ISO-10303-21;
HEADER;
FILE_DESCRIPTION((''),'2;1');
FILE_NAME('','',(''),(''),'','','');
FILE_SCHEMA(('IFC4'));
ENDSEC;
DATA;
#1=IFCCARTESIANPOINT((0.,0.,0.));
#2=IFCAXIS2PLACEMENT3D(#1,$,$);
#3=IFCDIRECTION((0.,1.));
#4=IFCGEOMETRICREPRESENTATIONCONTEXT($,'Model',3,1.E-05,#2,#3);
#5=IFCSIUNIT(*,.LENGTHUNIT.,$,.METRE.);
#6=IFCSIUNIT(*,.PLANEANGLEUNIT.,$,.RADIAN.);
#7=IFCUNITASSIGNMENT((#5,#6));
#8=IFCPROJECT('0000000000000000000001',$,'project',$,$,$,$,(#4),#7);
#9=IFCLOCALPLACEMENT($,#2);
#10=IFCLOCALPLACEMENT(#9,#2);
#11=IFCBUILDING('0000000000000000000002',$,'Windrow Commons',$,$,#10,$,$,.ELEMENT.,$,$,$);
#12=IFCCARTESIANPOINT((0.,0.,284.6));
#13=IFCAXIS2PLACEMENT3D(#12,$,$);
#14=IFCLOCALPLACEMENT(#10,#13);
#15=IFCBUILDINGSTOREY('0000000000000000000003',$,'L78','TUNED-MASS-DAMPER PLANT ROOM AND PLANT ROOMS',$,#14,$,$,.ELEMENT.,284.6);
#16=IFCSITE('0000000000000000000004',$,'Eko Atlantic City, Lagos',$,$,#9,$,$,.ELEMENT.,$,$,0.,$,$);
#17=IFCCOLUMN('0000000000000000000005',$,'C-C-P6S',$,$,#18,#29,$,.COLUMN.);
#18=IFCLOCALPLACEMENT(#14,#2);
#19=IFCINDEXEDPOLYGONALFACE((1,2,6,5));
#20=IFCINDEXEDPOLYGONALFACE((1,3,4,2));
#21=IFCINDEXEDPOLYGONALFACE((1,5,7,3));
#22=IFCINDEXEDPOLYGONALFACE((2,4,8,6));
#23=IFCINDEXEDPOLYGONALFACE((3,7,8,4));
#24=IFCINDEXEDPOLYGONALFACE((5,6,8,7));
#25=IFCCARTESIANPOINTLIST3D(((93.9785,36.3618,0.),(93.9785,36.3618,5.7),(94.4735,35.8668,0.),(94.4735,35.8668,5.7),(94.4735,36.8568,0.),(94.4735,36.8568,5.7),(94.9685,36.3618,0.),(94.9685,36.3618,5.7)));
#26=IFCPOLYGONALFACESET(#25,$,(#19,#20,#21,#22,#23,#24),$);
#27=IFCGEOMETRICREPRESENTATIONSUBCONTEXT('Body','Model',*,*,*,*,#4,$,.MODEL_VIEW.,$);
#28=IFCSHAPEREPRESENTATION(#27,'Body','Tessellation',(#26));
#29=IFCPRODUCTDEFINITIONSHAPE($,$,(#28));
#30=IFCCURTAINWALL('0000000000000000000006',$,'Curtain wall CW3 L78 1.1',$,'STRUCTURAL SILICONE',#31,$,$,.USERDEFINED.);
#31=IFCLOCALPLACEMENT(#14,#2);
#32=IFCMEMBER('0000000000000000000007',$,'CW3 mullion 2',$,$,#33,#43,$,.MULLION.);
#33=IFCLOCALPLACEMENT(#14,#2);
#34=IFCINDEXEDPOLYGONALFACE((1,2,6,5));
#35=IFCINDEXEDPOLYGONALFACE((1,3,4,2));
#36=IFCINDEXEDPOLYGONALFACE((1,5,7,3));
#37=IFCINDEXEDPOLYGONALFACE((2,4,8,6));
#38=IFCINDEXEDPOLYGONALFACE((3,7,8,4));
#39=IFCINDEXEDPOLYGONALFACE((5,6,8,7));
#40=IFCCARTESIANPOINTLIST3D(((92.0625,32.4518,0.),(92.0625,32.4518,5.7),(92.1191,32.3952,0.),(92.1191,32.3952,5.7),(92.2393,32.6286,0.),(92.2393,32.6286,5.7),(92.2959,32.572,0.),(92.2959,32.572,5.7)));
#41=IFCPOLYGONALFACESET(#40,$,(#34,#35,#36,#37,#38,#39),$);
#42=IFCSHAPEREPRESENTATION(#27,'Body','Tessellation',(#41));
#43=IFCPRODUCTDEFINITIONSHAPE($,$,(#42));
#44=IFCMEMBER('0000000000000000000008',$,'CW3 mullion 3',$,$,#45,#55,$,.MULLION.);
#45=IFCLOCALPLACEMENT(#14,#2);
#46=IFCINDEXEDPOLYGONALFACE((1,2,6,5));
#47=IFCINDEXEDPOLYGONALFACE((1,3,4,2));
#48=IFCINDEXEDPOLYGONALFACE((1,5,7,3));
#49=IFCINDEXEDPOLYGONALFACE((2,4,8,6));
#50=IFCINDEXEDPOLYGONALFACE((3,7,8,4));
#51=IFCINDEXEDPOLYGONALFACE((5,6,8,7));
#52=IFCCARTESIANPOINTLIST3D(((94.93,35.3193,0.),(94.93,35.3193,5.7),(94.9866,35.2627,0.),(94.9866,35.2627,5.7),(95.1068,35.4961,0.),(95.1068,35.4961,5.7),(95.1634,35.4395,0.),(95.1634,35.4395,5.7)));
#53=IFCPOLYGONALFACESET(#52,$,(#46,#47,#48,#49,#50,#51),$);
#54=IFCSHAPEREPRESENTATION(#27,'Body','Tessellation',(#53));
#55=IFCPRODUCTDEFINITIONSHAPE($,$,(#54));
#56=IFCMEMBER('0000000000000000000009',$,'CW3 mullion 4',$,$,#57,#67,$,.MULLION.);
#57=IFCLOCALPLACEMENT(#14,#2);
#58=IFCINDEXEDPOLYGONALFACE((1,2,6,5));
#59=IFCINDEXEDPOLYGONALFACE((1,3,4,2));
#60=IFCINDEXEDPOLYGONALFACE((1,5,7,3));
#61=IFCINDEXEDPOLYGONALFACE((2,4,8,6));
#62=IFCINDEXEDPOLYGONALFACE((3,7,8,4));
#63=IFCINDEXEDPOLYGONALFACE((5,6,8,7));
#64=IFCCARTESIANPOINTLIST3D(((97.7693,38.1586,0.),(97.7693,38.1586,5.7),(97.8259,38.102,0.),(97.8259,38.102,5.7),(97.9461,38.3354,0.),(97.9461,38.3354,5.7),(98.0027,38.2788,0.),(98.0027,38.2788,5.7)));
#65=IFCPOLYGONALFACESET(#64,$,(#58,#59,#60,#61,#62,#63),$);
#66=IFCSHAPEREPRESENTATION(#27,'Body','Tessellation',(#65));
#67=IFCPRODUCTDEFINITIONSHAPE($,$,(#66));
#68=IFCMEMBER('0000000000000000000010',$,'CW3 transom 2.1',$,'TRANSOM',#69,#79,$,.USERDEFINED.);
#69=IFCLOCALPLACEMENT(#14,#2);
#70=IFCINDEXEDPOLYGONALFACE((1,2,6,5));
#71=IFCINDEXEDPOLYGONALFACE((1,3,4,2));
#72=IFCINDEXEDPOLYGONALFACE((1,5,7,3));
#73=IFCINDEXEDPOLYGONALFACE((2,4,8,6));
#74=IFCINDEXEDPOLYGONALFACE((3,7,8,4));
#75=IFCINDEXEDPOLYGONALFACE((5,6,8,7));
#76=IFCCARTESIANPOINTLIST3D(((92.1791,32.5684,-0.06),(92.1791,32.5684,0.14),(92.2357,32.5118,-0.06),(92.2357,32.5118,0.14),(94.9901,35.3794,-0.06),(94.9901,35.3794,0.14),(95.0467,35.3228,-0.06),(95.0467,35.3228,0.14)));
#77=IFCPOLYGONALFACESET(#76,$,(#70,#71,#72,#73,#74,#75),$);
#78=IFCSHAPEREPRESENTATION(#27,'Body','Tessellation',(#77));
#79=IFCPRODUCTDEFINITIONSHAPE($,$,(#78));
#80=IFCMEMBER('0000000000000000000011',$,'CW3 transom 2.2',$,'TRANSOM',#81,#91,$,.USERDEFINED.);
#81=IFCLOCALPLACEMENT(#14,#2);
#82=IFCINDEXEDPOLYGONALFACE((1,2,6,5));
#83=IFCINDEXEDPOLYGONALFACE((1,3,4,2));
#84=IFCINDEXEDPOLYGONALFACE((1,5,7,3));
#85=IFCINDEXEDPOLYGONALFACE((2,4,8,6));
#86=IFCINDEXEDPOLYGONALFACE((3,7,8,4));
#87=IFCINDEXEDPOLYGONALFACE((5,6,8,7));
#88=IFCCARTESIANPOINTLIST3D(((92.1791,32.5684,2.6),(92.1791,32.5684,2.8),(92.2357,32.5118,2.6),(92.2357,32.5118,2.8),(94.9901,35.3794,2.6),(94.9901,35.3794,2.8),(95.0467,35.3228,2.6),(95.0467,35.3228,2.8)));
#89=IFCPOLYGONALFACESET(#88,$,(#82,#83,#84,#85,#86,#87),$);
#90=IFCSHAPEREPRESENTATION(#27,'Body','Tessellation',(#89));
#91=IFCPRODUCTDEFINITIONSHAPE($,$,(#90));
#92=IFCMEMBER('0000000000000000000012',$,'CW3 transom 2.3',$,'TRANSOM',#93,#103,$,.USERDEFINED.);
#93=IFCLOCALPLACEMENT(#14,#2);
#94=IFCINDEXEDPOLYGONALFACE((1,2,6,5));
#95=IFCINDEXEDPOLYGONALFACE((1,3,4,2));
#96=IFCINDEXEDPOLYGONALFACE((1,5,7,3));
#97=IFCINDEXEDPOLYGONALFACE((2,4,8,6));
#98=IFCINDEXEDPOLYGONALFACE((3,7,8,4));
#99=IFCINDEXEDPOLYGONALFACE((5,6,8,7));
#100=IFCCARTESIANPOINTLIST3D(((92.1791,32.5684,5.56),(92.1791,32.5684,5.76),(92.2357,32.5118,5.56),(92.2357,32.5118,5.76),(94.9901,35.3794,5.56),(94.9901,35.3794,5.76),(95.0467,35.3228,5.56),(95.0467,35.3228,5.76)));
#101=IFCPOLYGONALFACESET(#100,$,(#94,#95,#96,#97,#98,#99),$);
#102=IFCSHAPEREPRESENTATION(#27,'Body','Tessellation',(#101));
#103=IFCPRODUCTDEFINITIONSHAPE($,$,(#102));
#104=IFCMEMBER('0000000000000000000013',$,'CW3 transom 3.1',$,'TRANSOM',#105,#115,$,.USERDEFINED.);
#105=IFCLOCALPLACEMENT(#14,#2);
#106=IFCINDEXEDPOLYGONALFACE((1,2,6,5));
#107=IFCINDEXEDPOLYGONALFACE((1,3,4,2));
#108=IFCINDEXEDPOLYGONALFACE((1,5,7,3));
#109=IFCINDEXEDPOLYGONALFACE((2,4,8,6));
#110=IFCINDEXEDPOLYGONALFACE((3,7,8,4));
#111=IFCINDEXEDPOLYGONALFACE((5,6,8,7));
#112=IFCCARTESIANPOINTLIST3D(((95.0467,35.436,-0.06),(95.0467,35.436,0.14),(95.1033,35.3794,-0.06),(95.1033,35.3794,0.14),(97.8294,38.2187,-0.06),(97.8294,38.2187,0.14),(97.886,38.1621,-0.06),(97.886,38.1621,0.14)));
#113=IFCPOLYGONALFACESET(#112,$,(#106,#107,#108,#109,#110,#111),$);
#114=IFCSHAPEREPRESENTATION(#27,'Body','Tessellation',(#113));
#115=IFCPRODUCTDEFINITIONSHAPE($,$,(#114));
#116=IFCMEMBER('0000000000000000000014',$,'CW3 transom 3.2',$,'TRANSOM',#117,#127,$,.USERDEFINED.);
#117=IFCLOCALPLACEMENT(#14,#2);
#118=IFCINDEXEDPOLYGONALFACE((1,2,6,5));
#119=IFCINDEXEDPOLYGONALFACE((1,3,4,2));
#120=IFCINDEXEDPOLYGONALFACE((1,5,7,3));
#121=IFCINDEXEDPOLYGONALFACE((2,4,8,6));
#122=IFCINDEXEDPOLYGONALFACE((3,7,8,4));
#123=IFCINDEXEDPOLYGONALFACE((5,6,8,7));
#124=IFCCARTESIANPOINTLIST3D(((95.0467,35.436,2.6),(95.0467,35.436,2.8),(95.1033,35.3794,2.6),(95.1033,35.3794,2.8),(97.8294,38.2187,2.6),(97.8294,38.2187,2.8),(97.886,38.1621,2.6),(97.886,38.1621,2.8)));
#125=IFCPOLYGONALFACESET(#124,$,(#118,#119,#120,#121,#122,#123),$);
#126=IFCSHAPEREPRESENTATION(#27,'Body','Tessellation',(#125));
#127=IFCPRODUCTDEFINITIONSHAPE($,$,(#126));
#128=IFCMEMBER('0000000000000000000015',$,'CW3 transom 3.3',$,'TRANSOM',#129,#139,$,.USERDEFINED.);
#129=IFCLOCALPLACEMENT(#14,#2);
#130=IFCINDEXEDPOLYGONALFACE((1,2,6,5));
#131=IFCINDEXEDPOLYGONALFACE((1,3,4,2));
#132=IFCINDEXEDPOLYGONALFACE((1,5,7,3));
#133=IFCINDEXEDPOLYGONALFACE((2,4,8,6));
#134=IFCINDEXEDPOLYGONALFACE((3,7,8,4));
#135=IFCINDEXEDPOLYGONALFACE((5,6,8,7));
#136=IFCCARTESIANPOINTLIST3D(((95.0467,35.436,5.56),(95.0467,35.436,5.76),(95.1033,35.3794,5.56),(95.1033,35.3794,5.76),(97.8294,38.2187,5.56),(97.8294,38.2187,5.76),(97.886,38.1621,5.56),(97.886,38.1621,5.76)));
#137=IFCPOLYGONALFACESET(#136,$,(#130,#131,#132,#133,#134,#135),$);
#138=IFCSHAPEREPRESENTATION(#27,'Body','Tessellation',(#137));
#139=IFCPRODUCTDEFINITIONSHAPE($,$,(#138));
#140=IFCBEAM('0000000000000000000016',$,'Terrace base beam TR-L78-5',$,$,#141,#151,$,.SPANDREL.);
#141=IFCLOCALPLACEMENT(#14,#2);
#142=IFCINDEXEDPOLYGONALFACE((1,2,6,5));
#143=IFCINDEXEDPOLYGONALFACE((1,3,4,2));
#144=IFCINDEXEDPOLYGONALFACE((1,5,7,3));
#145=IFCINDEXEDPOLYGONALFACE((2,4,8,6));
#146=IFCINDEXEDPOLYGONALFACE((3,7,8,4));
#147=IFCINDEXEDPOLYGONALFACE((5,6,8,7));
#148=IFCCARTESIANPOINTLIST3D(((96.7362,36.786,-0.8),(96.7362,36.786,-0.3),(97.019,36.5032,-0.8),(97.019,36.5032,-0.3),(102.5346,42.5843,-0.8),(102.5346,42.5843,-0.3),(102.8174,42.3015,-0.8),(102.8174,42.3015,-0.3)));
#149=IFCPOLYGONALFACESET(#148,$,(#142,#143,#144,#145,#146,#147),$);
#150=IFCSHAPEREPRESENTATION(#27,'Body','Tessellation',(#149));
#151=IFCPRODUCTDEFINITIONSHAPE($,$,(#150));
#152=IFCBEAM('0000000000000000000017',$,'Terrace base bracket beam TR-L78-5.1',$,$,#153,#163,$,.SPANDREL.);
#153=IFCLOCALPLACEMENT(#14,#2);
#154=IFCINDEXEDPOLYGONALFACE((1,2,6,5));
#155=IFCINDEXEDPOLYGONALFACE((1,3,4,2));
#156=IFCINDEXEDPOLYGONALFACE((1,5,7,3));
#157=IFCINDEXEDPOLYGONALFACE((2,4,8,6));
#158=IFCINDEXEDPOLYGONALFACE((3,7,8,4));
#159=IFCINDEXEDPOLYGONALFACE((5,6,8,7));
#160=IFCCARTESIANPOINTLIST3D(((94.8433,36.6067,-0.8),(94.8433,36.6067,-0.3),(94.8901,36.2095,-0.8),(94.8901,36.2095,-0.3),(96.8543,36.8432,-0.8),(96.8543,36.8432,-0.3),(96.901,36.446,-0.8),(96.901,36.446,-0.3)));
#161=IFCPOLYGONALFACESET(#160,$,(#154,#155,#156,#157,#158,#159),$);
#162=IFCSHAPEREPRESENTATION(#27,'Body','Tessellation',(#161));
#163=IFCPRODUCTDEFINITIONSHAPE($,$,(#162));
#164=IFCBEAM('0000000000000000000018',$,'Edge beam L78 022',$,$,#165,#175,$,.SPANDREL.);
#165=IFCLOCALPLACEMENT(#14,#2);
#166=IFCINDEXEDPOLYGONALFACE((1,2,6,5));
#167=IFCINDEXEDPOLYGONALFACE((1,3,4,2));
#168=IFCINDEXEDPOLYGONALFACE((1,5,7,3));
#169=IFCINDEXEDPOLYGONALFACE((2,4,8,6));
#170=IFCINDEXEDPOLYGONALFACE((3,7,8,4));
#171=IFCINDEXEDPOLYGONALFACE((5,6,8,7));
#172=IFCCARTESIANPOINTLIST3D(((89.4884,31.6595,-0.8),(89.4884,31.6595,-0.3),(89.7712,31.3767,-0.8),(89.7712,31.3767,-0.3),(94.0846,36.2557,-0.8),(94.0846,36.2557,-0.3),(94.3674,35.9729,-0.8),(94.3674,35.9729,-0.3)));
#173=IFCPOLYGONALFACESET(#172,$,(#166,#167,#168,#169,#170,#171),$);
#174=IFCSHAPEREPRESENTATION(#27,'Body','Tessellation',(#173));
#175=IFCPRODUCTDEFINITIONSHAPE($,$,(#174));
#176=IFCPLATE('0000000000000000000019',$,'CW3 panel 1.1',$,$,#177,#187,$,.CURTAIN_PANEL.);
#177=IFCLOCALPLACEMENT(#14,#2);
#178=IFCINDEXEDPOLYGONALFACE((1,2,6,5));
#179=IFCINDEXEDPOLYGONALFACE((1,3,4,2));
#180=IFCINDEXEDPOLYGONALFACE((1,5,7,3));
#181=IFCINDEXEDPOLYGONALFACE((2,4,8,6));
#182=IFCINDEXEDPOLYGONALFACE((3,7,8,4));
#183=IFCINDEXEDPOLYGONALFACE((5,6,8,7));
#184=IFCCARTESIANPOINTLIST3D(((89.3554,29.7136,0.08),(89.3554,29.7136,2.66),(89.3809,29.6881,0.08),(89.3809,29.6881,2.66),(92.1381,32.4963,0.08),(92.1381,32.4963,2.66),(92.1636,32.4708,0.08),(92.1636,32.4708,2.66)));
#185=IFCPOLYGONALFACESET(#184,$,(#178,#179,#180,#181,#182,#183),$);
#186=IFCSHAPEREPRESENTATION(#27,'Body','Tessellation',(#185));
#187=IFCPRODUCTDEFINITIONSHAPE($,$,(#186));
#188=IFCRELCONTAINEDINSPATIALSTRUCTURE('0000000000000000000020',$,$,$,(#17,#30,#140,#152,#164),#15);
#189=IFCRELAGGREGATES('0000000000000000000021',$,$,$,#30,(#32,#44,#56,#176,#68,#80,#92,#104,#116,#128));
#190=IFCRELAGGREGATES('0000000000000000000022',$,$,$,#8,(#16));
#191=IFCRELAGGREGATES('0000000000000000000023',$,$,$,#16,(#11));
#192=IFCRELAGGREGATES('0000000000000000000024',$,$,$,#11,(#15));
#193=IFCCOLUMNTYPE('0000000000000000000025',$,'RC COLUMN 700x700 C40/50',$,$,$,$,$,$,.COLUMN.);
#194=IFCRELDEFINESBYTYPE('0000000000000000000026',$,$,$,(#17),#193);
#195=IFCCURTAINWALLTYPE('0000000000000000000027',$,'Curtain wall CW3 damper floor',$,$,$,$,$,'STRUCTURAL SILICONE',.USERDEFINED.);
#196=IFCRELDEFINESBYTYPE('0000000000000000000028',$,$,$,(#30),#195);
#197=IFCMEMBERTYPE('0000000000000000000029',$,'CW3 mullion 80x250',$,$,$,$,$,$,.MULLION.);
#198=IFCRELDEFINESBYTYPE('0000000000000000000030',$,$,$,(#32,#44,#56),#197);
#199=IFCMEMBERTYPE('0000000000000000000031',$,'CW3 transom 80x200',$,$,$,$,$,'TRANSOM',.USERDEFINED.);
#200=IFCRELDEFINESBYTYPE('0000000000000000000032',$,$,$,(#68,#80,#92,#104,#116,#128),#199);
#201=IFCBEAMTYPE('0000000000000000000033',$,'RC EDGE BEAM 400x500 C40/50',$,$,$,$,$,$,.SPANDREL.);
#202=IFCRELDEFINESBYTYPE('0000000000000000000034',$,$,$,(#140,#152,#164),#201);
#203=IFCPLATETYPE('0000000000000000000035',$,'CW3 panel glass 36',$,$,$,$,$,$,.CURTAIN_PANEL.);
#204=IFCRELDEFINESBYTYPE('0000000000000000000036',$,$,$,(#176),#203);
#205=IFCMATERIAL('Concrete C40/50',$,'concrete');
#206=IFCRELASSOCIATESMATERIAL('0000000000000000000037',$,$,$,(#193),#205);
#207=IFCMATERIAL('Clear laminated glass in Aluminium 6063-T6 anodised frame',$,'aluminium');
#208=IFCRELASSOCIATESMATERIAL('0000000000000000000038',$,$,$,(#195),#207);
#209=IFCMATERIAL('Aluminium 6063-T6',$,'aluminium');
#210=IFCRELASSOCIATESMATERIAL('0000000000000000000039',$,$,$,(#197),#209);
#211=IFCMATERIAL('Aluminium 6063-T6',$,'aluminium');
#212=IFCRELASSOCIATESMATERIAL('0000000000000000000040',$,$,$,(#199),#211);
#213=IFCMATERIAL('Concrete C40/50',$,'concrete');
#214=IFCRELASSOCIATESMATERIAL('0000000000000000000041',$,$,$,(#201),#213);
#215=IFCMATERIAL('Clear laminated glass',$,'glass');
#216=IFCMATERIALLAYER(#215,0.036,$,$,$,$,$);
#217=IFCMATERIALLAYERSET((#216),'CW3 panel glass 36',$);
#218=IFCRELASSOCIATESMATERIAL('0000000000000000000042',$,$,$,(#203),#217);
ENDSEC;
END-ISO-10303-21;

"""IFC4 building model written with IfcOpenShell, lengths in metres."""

from ifc_helpers import new_model, si_unit, direction, frame, origin, origin_2d, place, context, subcontext, project, spatial, rectangle, extrude, material, layer, layer_set, material_profile, profile_set, type_object, element, aggregate, save


model = new_model("IFC4")

# Units and contexts
model_context = context("Model", 3, precision=1e-05, world=origin(), true_north=direction((0.0, 1.0)))
body_context = subcontext(model_context, "Body", "Model", "MODEL_VIEW")
ifc_project = project(units=[si_unit("LENGTHUNIT", "METRE"), si_unit("PLANEANGLEUNIT", "RADIAN")], contexts=[model_context])

# Site, building, storey
site_placement = place(None, origin())
site = spatial("IfcSite", under=ifc_project, at=site_placement, Name="Eko Atlantic City, Lagos", CompositionType="ELEMENT", RefElevation=0.0)
building_placement = place(site_placement, origin())
building = spatial("IfcBuilding", under=site, at=building_placement, Name="Windrow Commons", CompositionType="ELEMENT")
storey_placement = place(building_placement, frame((0.0, 0.0, 284.6)))
storey = spatial("IfcBuildingStorey", under=building, at=storey_placement, Name="L78", Description="TUNED-MASS-DAMPER PLANT ROOM AND PLANT ROOMS", CompositionType="ELEMENT", Elevation=284.6)

# Column
ifc_material_1 = material(Name="Concrete C40/50", Category="concrete")
ifc_material_profile_1 = material_profile(ifc_material_1, rectangle(XDim=0.7, YDim=0.7, at=origin_2d()))
ifc_profile_set_1 = profile_set([ifc_material_profile_1], Name="Concrete C40/50")
column_type = type_object("IfcColumnType", Name="RC COLUMN 700x700 C40/50", PredefinedType="COLUMN", material=ifc_profile_set_1)
column_placement = place(storey_placement, frame((94.4735, 36.3618, 0.0), z_axis=(0.0, 0.0, 1.0), x_axis=(0.707107, -0.707107, 0.0)))
element("IfcColumn", 1, at=column_placement, inside=storey, type_object=column_type, Name="C-C-P6S", PredefinedType="COLUMN", context=body_context, shape_type="SweptSolid", body=[
    extrude(rectangle(XDim=0.7, YDim=0.7, at=origin_2d()), origin(), (0.0, 0.0, 1.0), 5.7),
])

# Curtain wall, members
ifc_material_2 = material(Name="Clear laminated glass in Aluminium 6063-T6 anodised frame", Category="aluminium")
curtain_wall_type = type_object("IfcCurtainWallType", Name="Curtain wall CW3 damper floor", ElementType="STRUCTURAL SILICONE", PredefinedType="USERDEFINED", material=ifc_material_2)
curtain_wall_placement = place(storey_placement, origin())
curtain_wall = element("IfcCurtainWall", 2, at=curtain_wall_placement, inside=storey, type_object=curtain_wall_type, Name="Curtain wall CW3 L78 1.1", ObjectType="STRUCTURAL SILICONE", PredefinedType="USERDEFINED")
ifc_material_3 = material(Name="Aluminium 6063-T6", Category="aluminium")
ifc_material_profile_2 = material_profile(ifc_material_3, rectangle(XDim=0.08, YDim=0.25, at=origin_2d()))
ifc_profile_set_2 = profile_set([ifc_material_profile_2], Name="Aluminium 6063-T6")
member_type_1 = type_object("IfcMemberType", Name="CW3 mullion 80x250", PredefinedType="MULLION", material=ifc_profile_set_2)
member_1_placement = place(storey_placement, frame((92.1792, 32.5119, 0.0), z_axis=(0.0, 0.0, 1.0), x_axis=(-0.707104, 0.707109, 0.0)))
member_1 = element("IfcMember", 3, at=member_1_placement, type_object=member_type_1, Name="CW3 mullion 2", PredefinedType="MULLION", context=body_context, shape_type="SweptSolid", body=[
    extrude(rectangle(XDim=0.08, YDim=0.25, at=origin_2d()), origin(), (0.0, 0.0, 1.0), 5.7),
])
member_2_placement = place(storey_placement, frame((95.0467, 35.3794, 0.0), z_axis=(0.0, 0.0, 1.0), x_axis=(-0.707104, 0.707109, 0.0)))
member_2 = element("IfcMember", 4, at=member_2_placement, type_object=member_type_1, Name="CW3 mullion 3", PredefinedType="MULLION", context=body_context, shape_type="SweptSolid", body=[
    extrude(rectangle(XDim=0.08, YDim=0.25, at=origin_2d()), origin(), (0.0, 0.0, 1.0), 5.7),
])
member_3_placement = place(storey_placement, frame((97.886, 38.2187, 0.0), z_axis=(0.0, 0.0, 1.0), x_axis=(-0.707104, 0.707109, 0.0)))
member_3 = element("IfcMember", 5, at=member_3_placement, type_object=member_type_1, Name="CW3 mullion 4", PredefinedType="MULLION", context=body_context, shape_type="SweptSolid", body=[
    extrude(rectangle(XDim=0.08, YDim=0.25, at=origin_2d()), origin(), (0.0, 0.0, 1.0), 5.7),
])
ifc_material_4 = material(Name="Aluminium 6063-T6", Category="aluminium")
ifc_material_profile_3 = material_profile(ifc_material_4, rectangle(XDim=0.08, YDim=0.2, at=origin_2d()))
ifc_profile_set_3 = profile_set([ifc_material_profile_3], Name="Aluminium 6063-T6")
member_type_2 = type_object("IfcMemberType", Name="CW3 transom 80x200", ElementType="TRANSOM", PredefinedType="USERDEFINED", material=ifc_profile_set_3)
member_4_placement = place(storey_placement, frame((92.2074, 32.5401, 0.04), z_axis=(0.707107, 0.707107, 0.0), x_axis=(-0.707107, 0.707107, 0.0)))
member_4 = element("IfcMember", 6, at=member_4_placement, type_object=member_type_2, Name="CW3 transom 2.1", ObjectType="TRANSOM", PredefinedType="USERDEFINED", context=body_context, shape_type="SweptSolid", body=[
    extrude(rectangle(XDim=0.08, YDim=0.2, at=origin_2d()), origin(), (0.0, 0.0, 1.0), 3.9754),
])
member_5_placement = place(storey_placement, frame((92.2074, 32.5401, 2.7), z_axis=(0.707107, 0.707107, 0.0), x_axis=(-0.707107, 0.707107, 0.0)))
member_5 = element("IfcMember", 7, at=member_5_placement, type_object=member_type_2, Name="CW3 transom 2.2", ObjectType="TRANSOM", PredefinedType="USERDEFINED", context=body_context, shape_type="SweptSolid", body=[
    extrude(rectangle(XDim=0.08, YDim=0.2, at=origin_2d()), origin(), (0.0, 0.0, 1.0), 3.9754),
])
member_6_placement = place(storey_placement, frame((92.2074, 32.5401, 5.66), z_axis=(0.707107, 0.707107, 0.0), x_axis=(-0.707107, 0.707107, 0.0)))
member_6 = element("IfcMember", 8, at=member_6_placement, type_object=member_type_2, Name="CW3 transom 2.3", ObjectType="TRANSOM", PredefinedType="USERDEFINED", context=body_context, shape_type="SweptSolid", body=[
    extrude(rectangle(XDim=0.08, YDim=0.2, at=origin_2d()), origin(), (0.0, 0.0, 1.0), 3.9754),
])
member_7_placement = place(storey_placement, frame((95.075, 35.4077, 0.04), z_axis=(0.707107, 0.707107, 0.0), x_axis=(-0.707107, 0.707107, 0.0)))
member_7 = element("IfcMember", 9, at=member_7_placement, type_object=member_type_2, Name="CW3 transom 3.1", ObjectType="TRANSOM", PredefinedType="USERDEFINED", context=body_context, shape_type="SweptSolid", body=[
    extrude(rectangle(XDim=0.08, YDim=0.2, at=origin_2d()), origin(), (0.0, 0.0, 1.0), 3.9353),
])
member_8_placement = place(storey_placement, frame((95.075, 35.4077, 2.7), z_axis=(0.707107, 0.707107, 0.0), x_axis=(-0.707107, 0.707107, 0.0)))
member_8 = element("IfcMember", 10, at=member_8_placement, type_object=member_type_2, Name="CW3 transom 3.2", ObjectType="TRANSOM", PredefinedType="USERDEFINED", context=body_context, shape_type="SweptSolid", body=[
    extrude(rectangle(XDim=0.08, YDim=0.2, at=origin_2d()), origin(), (0.0, 0.0, 1.0), 3.9353),
])
member_9_placement = place(storey_placement, frame((95.075, 35.4077, 5.66), z_axis=(0.707107, 0.707107, 0.0), x_axis=(-0.707107, 0.707107, 0.0)))
member_9 = element("IfcMember", 11, at=member_9_placement, type_object=member_type_2, Name="CW3 transom 3.3", ObjectType="TRANSOM", PredefinedType="USERDEFINED", context=body_context, shape_type="SweptSolid", body=[
    extrude(rectangle(XDim=0.08, YDim=0.2, at=origin_2d()), origin(), (0.0, 0.0, 1.0), 3.9353),
])

# Beams
ifc_material_5 = material(Name="Concrete C40/50", Category="concrete")
ifc_material_profile_4 = material_profile(ifc_material_5, rectangle(XDim=0.4, YDim=0.5, at=origin_2d()))
ifc_profile_set_4 = profile_set([ifc_material_profile_4], Name="Concrete C40/50")
beam_type = type_object("IfcBeamType", Name="RC EDGE BEAM 400x500 C40/50", PredefinedType="SPANDREL", material=ifc_profile_set_4)
beam_1_placement = place(storey_placement, frame((96.8776, 36.6446, -0.55), z_axis=(0.707113, 0.707101, 0.0), x_axis=(-0.707101, 0.707113, 0.0)))
element("IfcBeam", 12, at=beam_1_placement, inside=storey, type_object=beam_type, Name="Terrace base beam TR-L78-5", PredefinedType="SPANDREL", context=body_context, shape_type="SweptSolid", body=[
    extrude(rectangle(XDim=0.4, YDim=0.5, at=origin_2d()), origin(), (0.0, 0.0, 1.0), 8.2001),
])
beam_2_placement = place(storey_placement, frame((94.8667, 36.4081, -0.55), z_axis=(0.993155, 0.116804, 0.0), x_axis=(-0.116804, 0.993155, 0.0)))
element("IfcBeam", 13, at=beam_2_placement, inside=storey, type_object=beam_type, Name="Terrace base bracket beam TR-L78-5.1", PredefinedType="SPANDREL", context=body_context, shape_type="SweptSolid", body=[
    extrude(rectangle(XDim=0.4, YDim=0.5, at=origin_2d()), origin(), (0.0, 0.0, 1.0), 2.0248),
])
beam_3_placement = place(storey_placement, frame((94.226, 36.1143, -0.55), z_axis=(-0.707107, -0.707107, 0.0), x_axis=(0.707107, -0.707107, 0.0)))
element("IfcBeam", 14, at=beam_3_placement, inside=storey, type_object=beam_type, Name="Edge beam L78 022", PredefinedType="SPANDREL", context=body_context, shape_type="SweptSolid", body=[
    extrude(rectangle(XDim=0.4, YDim=0.5, at=origin_2d()), origin(), (0.0, 0.0, 1.0), 6.5),
])

# Plate
ifc_material_6 = material(Name="Clear laminated glass", Category="glass")
ifc_layer_1 = layer(ifc_material_6, 0.036)
ifc_layer_set_1 = layer_set([ifc_layer_1], Name="CW3 panel glass 36")
plate_type = type_object("IfcPlateType", Name="CW3 panel glass 36", PredefinedType="CURTAIN_PANEL", material=ifc_layer_set_1)
plate_1_placement = place(storey_placement, frame((90.7595, 31.0922, 0.08), z_axis=(0.0, 0.0, 1.0), x_axis=(0.707109, 0.707104, 0.0)))
plate_1 = element("IfcPlate", 15, at=plate_1_placement, type_object=plate_type, Name="CW3 panel 1.1", PredefinedType="CURTAIN_PANEL", context=body_context, shape_type="SweptSolid", body=[
    extrude(rectangle(XDim=3.9353, YDim=0.036, at=origin_2d()), origin(), (0.0, 0.0, 1.0), 2.58),
])
aggregate(curtain_wall, [member_1, member_2, member_3, plate_1, member_4, member_5, member_6, member_7, member_8, member_9])

save(model, "model.ifc")
